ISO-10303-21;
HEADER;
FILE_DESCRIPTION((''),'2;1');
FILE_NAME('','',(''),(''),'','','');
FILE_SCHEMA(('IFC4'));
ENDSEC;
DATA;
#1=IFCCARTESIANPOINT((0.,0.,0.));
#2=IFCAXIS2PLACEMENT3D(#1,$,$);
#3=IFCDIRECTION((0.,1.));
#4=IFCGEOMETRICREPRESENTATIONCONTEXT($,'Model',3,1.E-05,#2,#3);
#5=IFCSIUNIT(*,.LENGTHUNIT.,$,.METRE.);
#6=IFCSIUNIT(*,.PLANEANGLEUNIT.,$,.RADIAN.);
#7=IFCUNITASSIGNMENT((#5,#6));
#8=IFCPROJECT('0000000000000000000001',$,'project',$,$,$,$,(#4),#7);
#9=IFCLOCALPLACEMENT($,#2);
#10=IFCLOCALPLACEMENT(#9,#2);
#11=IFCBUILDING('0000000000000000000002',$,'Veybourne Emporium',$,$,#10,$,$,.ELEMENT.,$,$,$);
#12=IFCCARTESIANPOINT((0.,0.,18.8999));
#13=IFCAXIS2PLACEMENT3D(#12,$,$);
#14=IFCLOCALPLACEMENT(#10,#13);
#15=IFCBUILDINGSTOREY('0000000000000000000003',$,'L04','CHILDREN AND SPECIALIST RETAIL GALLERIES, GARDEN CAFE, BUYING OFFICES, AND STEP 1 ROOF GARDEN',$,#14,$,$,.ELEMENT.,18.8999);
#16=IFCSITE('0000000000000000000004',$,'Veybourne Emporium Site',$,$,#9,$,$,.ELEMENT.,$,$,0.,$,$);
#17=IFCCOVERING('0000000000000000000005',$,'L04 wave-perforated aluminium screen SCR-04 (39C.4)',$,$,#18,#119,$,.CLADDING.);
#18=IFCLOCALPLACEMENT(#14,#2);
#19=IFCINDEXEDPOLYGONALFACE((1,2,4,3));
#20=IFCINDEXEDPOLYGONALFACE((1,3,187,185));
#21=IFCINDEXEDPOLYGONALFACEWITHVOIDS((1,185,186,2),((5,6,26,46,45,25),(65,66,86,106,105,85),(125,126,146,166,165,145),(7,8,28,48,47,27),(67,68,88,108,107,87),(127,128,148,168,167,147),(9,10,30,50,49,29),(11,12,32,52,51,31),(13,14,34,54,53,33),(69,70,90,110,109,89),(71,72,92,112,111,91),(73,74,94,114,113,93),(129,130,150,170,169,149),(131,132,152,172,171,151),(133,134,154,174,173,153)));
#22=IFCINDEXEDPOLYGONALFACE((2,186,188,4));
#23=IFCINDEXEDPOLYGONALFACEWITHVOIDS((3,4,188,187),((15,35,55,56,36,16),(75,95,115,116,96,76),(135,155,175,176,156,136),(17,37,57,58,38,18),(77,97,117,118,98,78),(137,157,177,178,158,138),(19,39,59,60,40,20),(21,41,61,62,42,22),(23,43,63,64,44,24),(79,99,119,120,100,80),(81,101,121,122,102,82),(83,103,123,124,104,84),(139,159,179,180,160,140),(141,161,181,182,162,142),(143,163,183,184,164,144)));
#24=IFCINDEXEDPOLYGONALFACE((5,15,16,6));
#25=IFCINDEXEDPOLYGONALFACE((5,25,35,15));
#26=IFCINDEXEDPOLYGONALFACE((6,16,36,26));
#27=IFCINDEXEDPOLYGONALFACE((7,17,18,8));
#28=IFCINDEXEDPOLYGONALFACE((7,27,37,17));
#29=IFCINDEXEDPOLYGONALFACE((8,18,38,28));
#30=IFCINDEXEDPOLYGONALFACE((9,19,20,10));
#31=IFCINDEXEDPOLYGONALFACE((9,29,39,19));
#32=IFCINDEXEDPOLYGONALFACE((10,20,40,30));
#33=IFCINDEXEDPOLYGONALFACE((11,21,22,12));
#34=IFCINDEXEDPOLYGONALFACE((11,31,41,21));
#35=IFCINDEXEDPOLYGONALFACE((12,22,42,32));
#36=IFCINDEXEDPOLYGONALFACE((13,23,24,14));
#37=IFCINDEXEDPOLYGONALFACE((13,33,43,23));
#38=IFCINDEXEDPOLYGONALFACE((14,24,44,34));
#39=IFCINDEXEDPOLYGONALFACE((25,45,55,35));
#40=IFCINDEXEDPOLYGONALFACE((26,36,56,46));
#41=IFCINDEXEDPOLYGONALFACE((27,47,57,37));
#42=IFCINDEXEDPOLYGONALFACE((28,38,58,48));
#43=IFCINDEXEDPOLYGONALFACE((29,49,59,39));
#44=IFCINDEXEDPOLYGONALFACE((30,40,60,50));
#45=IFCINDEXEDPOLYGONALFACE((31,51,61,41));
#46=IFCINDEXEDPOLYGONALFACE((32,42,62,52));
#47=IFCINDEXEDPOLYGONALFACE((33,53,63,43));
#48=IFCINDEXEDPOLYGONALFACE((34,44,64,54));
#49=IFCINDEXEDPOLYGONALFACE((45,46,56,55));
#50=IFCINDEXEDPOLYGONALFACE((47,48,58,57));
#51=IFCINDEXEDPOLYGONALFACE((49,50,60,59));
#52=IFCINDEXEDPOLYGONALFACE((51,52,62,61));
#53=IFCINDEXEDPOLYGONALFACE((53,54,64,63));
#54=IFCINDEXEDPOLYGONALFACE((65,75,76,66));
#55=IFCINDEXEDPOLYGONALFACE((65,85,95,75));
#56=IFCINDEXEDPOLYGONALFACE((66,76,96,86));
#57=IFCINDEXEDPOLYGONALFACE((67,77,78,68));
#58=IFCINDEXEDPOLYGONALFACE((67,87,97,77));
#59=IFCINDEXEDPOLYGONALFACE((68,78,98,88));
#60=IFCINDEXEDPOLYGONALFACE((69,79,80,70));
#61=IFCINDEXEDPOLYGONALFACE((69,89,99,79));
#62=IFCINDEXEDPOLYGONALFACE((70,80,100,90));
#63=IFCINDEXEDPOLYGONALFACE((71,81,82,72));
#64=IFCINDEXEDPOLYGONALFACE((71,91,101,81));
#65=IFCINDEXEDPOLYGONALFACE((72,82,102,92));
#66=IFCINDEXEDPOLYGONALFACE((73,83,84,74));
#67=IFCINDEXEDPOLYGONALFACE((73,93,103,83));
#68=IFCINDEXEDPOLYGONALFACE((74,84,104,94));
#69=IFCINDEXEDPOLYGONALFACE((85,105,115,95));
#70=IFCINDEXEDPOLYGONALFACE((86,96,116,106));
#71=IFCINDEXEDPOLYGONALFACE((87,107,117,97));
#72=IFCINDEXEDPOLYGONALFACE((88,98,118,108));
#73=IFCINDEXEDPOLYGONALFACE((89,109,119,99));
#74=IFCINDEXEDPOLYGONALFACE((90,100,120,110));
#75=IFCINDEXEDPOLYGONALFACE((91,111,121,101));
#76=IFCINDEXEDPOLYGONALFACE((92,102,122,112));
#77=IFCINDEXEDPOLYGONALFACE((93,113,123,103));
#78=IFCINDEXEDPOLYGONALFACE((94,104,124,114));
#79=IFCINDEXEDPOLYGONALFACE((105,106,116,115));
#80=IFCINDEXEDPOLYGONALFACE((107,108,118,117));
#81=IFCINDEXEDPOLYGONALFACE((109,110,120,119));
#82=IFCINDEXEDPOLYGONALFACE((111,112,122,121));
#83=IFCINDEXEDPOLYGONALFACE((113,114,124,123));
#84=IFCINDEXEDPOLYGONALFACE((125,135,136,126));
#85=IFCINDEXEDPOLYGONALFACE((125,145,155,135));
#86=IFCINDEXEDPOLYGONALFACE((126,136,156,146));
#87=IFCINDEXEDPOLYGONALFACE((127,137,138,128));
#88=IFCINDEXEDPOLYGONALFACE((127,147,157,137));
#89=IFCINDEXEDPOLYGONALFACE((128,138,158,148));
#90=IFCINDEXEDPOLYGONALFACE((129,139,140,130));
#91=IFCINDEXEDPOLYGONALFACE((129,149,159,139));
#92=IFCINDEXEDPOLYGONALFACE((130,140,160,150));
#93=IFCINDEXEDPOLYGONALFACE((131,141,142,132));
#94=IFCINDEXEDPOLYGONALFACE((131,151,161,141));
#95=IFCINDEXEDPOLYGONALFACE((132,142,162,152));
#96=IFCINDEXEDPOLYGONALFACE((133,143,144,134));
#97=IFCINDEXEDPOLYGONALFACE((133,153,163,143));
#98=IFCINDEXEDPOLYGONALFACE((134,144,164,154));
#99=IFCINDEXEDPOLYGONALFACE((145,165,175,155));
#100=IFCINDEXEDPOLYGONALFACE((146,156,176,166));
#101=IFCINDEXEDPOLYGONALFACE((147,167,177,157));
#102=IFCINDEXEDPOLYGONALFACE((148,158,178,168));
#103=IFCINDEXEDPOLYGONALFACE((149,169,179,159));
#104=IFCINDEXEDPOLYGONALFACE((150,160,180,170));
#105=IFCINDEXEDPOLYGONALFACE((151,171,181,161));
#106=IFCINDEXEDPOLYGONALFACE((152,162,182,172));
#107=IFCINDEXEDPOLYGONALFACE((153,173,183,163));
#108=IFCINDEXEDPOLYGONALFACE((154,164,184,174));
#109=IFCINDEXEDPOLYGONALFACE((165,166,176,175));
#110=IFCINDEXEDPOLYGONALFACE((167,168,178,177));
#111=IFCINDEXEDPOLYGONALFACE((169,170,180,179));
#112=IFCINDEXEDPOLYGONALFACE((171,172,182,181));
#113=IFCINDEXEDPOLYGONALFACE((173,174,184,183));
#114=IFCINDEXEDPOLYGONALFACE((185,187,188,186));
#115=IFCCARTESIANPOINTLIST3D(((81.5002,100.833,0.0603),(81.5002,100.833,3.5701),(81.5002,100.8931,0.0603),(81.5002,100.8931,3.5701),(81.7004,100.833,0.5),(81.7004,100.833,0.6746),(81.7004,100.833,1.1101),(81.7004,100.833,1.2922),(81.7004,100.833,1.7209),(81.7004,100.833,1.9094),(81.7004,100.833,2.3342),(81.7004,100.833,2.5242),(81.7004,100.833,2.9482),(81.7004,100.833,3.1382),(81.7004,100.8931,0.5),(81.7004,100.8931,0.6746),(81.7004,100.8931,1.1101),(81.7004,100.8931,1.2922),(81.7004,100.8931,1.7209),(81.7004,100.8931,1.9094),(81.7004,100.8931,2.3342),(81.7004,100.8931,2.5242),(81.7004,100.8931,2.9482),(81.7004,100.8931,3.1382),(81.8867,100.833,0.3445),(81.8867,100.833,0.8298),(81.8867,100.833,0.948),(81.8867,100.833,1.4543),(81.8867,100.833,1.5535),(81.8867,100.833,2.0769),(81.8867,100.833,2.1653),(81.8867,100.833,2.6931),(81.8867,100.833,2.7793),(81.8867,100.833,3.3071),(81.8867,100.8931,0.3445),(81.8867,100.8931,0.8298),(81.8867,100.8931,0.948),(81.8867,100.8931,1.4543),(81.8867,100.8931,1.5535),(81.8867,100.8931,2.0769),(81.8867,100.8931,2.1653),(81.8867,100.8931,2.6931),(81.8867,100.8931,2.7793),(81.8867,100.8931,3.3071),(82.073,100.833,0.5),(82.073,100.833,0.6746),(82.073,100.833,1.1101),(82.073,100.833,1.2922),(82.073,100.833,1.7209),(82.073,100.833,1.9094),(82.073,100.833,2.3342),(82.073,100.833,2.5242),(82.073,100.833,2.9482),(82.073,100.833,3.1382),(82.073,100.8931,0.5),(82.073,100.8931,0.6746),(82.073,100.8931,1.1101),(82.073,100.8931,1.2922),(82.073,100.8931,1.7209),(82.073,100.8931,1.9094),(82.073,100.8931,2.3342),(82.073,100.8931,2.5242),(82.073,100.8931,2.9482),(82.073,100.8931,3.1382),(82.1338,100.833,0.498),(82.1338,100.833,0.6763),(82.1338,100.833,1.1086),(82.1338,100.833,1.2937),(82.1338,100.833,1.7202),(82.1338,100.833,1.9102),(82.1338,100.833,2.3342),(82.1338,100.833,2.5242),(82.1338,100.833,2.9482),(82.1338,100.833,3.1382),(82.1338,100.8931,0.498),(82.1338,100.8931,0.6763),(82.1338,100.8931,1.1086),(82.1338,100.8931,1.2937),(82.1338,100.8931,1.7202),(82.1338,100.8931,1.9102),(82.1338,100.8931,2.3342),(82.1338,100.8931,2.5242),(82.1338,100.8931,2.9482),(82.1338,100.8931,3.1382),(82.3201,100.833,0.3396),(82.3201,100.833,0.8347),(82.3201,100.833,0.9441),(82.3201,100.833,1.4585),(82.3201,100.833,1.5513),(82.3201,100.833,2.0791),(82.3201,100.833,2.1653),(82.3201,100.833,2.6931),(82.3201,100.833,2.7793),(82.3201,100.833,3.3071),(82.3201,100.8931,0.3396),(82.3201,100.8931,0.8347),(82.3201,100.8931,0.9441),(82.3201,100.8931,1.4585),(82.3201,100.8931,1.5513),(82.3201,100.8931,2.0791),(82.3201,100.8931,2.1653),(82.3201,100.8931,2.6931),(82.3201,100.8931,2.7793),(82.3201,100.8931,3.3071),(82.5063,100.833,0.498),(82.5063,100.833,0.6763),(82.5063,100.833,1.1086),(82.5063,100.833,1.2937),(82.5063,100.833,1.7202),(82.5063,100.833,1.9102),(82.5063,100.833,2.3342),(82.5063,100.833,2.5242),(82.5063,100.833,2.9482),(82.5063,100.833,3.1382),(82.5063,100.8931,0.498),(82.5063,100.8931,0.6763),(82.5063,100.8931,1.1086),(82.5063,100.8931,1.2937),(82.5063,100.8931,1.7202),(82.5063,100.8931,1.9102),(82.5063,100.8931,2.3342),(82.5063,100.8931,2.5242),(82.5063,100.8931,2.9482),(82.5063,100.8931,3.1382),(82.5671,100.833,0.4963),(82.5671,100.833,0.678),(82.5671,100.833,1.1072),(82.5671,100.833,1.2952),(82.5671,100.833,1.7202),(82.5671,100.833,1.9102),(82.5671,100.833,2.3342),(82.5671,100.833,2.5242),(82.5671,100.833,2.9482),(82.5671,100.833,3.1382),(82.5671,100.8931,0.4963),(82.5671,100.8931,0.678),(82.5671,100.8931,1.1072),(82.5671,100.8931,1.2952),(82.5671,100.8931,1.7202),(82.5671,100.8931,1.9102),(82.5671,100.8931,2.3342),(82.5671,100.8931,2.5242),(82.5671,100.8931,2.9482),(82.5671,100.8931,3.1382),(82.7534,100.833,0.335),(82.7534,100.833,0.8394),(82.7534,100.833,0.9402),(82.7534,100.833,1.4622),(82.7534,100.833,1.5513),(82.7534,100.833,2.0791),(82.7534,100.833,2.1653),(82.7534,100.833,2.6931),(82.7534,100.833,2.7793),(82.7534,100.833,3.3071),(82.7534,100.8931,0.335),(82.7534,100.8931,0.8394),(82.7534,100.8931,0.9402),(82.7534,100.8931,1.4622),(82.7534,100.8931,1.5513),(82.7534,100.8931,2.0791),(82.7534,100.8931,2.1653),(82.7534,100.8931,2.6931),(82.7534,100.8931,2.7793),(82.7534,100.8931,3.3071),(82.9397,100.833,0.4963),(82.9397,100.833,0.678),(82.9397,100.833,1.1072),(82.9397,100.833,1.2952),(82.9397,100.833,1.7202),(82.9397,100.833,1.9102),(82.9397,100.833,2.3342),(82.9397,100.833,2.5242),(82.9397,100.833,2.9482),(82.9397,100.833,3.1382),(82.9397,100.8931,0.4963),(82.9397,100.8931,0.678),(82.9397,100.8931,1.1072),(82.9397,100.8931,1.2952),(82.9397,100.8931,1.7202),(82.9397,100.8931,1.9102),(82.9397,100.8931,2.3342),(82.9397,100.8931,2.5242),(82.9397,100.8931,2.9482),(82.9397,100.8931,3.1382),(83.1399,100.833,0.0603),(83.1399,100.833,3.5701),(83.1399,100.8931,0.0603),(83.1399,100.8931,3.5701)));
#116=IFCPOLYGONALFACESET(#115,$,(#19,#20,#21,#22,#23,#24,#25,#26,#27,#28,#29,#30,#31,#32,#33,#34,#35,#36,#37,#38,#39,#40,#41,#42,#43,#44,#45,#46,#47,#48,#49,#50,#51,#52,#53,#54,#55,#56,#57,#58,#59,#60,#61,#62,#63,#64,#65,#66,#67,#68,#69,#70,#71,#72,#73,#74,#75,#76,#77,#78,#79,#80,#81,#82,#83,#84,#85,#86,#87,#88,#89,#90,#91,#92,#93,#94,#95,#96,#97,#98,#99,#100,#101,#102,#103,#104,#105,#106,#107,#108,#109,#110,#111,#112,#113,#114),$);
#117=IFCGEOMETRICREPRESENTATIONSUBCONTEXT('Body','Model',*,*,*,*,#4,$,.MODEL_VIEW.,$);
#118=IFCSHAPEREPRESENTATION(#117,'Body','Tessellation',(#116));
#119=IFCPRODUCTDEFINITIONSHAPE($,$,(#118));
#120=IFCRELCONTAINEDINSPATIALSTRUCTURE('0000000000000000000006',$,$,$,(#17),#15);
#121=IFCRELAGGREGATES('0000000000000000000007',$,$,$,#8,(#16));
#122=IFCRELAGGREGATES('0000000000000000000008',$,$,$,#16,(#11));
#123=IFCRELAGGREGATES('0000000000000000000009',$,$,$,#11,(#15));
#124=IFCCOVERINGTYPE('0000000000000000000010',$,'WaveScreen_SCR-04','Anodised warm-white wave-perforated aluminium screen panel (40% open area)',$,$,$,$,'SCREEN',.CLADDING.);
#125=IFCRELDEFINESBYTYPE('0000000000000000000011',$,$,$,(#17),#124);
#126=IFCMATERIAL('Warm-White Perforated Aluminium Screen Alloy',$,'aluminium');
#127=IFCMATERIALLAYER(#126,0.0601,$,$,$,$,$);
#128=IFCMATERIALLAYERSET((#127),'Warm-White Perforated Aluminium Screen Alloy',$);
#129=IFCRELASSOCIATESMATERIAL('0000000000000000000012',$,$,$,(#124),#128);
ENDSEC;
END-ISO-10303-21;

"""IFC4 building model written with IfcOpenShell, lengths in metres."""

from ifc_helpers import new_model, si_unit, direction, frame, origin, place, context, subcontext, project, spatial, polyline, outline, extrude, material, layer, layer_set, type_object, element, save


model = new_model("IFC4")

# Units and contexts
model_context = context("Model", 3, precision=1e-05, world=origin(), true_north=direction((0.0, 1.0)))
body_context = subcontext(model_context, "Body", "Model", "MODEL_VIEW")
ifc_project = project(units=[si_unit("LENGTHUNIT", "METRE"), si_unit("PLANEANGLEUNIT", "RADIAN")], contexts=[model_context])

# Site, building, storey
site_placement = place(None, origin())
site = spatial("IfcSite", under=ifc_project, at=site_placement, Name="Veybourne Emporium Site", CompositionType="ELEMENT", RefElevation=0.0)
building_placement = place(site_placement, origin())
building = spatial("IfcBuilding", under=site, at=building_placement, Name="Veybourne Emporium", CompositionType="ELEMENT")
storey_placement = place(building_placement, frame((0.0, 0.0, 18.8999)))
storey = spatial("IfcBuildingStorey", under=building, at=storey_placement, Name="L04", Description="CHILDREN AND SPECIALIST RETAIL GALLERIES, GARDEN CAFE, BUYING OFFICES, AND STEP 1 ROOF GARDEN", CompositionType="ELEMENT", Elevation=18.8999)

# Covering
ifc_material_1 = material(Name="Warm-White Perforated Aluminium Screen Alloy", Category="aluminium")
ifc_layer_1 = layer(ifc_material_1, 0.0601)
ifc_layer_set_1 = layer_set([ifc_layer_1], Name="Warm-White Perforated Aluminium Screen Alloy")
covering_type_1 = type_object("IfcCoveringType", Name="WaveScreen_SCR-04", Description="Anodised warm-white wave-perforated aluminium screen panel (40% open area)", ElementType="SCREEN", PredefinedType="CLADDING", material=ifc_layer_set_1)
covering_1_placement = place(storey_placement, frame((82.3201, 100.8931, 1.8152), z_axis=(0.0, -1.0, 0.0), x_axis=(1.0, 0.0, 0.0)))
element("IfcCovering", 1, at=covering_1_placement, inside=storey, type_object=covering_type_1, Name="L04 wave-perforated aluminium screen SCR-04 (39C.4)", PredefinedType="CLADDING", context=body_context, shape_type="SweptSolid", body=[
    extrude(outline(polyline([(-0.8198, -1.7549), (0.8198, -1.7549), (0.8198, 1.7549), (-0.8198, 1.7549), (-0.8198, -1.7549)]), holes=[polyline([(-0.4333, -0.9854), (-0.2471, -1.1406), (-0.2471, -1.3152), (-0.4333, -1.4707), (-0.6196, -1.3152), (-0.6196, -1.1406), (-0.4333, -0.9854)]), polyline([(-0.4333, -0.3608), (-0.2471, -0.5229), (-0.2471, -0.7051), (-0.4333, -0.8672), (-0.6196, -0.7051), (-0.6196, -0.5229), (-0.4333, -0.3608)]), polyline([(-0.4333, 0.2617), (-0.2471, 0.0942), (-0.2471, -0.0942), (-0.4333, -0.2617), (-0.6196, -0.0942), (-0.6196, 0.0942), (-0.4333, 0.2617)]), polyline([(-0.4333, 0.8779), (-0.2471, 0.709), (-0.2471, 0.519), (-0.4333, 0.3501), (-0.6196, 0.519), (-0.6196, 0.709), (-0.4333, 0.8779)]), polyline([(-0.4333, 1.4919), (-0.2471, 1.323), (-0.2471, 1.1331), (-0.4333, 0.9641), (-0.6196, 1.1331), (-0.6196, 1.323), (-0.4333, 1.4919)]), polyline([(0.0, -0.9805), (0.1863, -1.1389), (0.1863, -1.3171), (0.0, -1.4756), (-0.1863, -1.3171), (-0.1863, -1.1389), (0.0, -0.9805)]), polyline([(0.0, -0.3567), (0.1863, -0.5215), (0.1863, -0.7065), (0.0, -0.8711), (-0.1863, -0.7065), (-0.1863, -0.5215), (0.0, -0.3567)]), polyline([(0.0, 0.2639), (0.1863, 0.095), (0.1863, -0.095), (0.0, -0.2639), (-0.1863, -0.095), (-0.1863, 0.095), (0.0, 0.2639)]), polyline([(0.0, 0.8779), (0.1863, 0.709), (0.1863, 0.519), (0.0, 0.3501), (-0.1863, 0.519), (-0.1863, 0.709), (0.0, 0.8779)]), polyline([(0.0, 1.4919), (0.1863, 1.323), (0.1863, 1.1331), (0.0, 0.9641), (-0.1863, 1.1331), (-0.1863, 1.323), (0.0, 1.4919)]), polyline([(0.4333, -0.9758), (0.6196, -1.1372), (0.6196, -1.3188), (0.4333, -1.4802), (0.2471, -1.3188), (0.2471, -1.1372), (0.4333, -0.9758)]), polyline([(0.4333, -0.353), (0.6196, -0.52), (0.6196, -0.708), (0.4333, -0.875), (0.2471, -0.708), (0.2471, -0.52), (0.4333, -0.353)]), polyline([(0.4333, 0.2639), (0.6196, 0.095), (0.6196, -0.095), (0.4333, -0.2639), (0.2471, -0.095), (0.2471, 0.095), (0.4333, 0.2639)]), polyline([(0.4333, 0.8779), (0.6196, 0.709), (0.6196, 0.519), (0.4333, 0.3501), (0.2471, 0.519), (0.2471, 0.709), (0.4333, 0.8779)]), polyline([(0.4333, 1.4919), (0.6196, 1.323), (0.6196, 1.1331), (0.4333, 0.9641), (0.2471, 1.1331), (0.2471, 1.323), (0.4333, 1.4919)])]), origin(), (0.0, 0.0, 1.0), 0.0601),
])

save(model, "model.ifc")
